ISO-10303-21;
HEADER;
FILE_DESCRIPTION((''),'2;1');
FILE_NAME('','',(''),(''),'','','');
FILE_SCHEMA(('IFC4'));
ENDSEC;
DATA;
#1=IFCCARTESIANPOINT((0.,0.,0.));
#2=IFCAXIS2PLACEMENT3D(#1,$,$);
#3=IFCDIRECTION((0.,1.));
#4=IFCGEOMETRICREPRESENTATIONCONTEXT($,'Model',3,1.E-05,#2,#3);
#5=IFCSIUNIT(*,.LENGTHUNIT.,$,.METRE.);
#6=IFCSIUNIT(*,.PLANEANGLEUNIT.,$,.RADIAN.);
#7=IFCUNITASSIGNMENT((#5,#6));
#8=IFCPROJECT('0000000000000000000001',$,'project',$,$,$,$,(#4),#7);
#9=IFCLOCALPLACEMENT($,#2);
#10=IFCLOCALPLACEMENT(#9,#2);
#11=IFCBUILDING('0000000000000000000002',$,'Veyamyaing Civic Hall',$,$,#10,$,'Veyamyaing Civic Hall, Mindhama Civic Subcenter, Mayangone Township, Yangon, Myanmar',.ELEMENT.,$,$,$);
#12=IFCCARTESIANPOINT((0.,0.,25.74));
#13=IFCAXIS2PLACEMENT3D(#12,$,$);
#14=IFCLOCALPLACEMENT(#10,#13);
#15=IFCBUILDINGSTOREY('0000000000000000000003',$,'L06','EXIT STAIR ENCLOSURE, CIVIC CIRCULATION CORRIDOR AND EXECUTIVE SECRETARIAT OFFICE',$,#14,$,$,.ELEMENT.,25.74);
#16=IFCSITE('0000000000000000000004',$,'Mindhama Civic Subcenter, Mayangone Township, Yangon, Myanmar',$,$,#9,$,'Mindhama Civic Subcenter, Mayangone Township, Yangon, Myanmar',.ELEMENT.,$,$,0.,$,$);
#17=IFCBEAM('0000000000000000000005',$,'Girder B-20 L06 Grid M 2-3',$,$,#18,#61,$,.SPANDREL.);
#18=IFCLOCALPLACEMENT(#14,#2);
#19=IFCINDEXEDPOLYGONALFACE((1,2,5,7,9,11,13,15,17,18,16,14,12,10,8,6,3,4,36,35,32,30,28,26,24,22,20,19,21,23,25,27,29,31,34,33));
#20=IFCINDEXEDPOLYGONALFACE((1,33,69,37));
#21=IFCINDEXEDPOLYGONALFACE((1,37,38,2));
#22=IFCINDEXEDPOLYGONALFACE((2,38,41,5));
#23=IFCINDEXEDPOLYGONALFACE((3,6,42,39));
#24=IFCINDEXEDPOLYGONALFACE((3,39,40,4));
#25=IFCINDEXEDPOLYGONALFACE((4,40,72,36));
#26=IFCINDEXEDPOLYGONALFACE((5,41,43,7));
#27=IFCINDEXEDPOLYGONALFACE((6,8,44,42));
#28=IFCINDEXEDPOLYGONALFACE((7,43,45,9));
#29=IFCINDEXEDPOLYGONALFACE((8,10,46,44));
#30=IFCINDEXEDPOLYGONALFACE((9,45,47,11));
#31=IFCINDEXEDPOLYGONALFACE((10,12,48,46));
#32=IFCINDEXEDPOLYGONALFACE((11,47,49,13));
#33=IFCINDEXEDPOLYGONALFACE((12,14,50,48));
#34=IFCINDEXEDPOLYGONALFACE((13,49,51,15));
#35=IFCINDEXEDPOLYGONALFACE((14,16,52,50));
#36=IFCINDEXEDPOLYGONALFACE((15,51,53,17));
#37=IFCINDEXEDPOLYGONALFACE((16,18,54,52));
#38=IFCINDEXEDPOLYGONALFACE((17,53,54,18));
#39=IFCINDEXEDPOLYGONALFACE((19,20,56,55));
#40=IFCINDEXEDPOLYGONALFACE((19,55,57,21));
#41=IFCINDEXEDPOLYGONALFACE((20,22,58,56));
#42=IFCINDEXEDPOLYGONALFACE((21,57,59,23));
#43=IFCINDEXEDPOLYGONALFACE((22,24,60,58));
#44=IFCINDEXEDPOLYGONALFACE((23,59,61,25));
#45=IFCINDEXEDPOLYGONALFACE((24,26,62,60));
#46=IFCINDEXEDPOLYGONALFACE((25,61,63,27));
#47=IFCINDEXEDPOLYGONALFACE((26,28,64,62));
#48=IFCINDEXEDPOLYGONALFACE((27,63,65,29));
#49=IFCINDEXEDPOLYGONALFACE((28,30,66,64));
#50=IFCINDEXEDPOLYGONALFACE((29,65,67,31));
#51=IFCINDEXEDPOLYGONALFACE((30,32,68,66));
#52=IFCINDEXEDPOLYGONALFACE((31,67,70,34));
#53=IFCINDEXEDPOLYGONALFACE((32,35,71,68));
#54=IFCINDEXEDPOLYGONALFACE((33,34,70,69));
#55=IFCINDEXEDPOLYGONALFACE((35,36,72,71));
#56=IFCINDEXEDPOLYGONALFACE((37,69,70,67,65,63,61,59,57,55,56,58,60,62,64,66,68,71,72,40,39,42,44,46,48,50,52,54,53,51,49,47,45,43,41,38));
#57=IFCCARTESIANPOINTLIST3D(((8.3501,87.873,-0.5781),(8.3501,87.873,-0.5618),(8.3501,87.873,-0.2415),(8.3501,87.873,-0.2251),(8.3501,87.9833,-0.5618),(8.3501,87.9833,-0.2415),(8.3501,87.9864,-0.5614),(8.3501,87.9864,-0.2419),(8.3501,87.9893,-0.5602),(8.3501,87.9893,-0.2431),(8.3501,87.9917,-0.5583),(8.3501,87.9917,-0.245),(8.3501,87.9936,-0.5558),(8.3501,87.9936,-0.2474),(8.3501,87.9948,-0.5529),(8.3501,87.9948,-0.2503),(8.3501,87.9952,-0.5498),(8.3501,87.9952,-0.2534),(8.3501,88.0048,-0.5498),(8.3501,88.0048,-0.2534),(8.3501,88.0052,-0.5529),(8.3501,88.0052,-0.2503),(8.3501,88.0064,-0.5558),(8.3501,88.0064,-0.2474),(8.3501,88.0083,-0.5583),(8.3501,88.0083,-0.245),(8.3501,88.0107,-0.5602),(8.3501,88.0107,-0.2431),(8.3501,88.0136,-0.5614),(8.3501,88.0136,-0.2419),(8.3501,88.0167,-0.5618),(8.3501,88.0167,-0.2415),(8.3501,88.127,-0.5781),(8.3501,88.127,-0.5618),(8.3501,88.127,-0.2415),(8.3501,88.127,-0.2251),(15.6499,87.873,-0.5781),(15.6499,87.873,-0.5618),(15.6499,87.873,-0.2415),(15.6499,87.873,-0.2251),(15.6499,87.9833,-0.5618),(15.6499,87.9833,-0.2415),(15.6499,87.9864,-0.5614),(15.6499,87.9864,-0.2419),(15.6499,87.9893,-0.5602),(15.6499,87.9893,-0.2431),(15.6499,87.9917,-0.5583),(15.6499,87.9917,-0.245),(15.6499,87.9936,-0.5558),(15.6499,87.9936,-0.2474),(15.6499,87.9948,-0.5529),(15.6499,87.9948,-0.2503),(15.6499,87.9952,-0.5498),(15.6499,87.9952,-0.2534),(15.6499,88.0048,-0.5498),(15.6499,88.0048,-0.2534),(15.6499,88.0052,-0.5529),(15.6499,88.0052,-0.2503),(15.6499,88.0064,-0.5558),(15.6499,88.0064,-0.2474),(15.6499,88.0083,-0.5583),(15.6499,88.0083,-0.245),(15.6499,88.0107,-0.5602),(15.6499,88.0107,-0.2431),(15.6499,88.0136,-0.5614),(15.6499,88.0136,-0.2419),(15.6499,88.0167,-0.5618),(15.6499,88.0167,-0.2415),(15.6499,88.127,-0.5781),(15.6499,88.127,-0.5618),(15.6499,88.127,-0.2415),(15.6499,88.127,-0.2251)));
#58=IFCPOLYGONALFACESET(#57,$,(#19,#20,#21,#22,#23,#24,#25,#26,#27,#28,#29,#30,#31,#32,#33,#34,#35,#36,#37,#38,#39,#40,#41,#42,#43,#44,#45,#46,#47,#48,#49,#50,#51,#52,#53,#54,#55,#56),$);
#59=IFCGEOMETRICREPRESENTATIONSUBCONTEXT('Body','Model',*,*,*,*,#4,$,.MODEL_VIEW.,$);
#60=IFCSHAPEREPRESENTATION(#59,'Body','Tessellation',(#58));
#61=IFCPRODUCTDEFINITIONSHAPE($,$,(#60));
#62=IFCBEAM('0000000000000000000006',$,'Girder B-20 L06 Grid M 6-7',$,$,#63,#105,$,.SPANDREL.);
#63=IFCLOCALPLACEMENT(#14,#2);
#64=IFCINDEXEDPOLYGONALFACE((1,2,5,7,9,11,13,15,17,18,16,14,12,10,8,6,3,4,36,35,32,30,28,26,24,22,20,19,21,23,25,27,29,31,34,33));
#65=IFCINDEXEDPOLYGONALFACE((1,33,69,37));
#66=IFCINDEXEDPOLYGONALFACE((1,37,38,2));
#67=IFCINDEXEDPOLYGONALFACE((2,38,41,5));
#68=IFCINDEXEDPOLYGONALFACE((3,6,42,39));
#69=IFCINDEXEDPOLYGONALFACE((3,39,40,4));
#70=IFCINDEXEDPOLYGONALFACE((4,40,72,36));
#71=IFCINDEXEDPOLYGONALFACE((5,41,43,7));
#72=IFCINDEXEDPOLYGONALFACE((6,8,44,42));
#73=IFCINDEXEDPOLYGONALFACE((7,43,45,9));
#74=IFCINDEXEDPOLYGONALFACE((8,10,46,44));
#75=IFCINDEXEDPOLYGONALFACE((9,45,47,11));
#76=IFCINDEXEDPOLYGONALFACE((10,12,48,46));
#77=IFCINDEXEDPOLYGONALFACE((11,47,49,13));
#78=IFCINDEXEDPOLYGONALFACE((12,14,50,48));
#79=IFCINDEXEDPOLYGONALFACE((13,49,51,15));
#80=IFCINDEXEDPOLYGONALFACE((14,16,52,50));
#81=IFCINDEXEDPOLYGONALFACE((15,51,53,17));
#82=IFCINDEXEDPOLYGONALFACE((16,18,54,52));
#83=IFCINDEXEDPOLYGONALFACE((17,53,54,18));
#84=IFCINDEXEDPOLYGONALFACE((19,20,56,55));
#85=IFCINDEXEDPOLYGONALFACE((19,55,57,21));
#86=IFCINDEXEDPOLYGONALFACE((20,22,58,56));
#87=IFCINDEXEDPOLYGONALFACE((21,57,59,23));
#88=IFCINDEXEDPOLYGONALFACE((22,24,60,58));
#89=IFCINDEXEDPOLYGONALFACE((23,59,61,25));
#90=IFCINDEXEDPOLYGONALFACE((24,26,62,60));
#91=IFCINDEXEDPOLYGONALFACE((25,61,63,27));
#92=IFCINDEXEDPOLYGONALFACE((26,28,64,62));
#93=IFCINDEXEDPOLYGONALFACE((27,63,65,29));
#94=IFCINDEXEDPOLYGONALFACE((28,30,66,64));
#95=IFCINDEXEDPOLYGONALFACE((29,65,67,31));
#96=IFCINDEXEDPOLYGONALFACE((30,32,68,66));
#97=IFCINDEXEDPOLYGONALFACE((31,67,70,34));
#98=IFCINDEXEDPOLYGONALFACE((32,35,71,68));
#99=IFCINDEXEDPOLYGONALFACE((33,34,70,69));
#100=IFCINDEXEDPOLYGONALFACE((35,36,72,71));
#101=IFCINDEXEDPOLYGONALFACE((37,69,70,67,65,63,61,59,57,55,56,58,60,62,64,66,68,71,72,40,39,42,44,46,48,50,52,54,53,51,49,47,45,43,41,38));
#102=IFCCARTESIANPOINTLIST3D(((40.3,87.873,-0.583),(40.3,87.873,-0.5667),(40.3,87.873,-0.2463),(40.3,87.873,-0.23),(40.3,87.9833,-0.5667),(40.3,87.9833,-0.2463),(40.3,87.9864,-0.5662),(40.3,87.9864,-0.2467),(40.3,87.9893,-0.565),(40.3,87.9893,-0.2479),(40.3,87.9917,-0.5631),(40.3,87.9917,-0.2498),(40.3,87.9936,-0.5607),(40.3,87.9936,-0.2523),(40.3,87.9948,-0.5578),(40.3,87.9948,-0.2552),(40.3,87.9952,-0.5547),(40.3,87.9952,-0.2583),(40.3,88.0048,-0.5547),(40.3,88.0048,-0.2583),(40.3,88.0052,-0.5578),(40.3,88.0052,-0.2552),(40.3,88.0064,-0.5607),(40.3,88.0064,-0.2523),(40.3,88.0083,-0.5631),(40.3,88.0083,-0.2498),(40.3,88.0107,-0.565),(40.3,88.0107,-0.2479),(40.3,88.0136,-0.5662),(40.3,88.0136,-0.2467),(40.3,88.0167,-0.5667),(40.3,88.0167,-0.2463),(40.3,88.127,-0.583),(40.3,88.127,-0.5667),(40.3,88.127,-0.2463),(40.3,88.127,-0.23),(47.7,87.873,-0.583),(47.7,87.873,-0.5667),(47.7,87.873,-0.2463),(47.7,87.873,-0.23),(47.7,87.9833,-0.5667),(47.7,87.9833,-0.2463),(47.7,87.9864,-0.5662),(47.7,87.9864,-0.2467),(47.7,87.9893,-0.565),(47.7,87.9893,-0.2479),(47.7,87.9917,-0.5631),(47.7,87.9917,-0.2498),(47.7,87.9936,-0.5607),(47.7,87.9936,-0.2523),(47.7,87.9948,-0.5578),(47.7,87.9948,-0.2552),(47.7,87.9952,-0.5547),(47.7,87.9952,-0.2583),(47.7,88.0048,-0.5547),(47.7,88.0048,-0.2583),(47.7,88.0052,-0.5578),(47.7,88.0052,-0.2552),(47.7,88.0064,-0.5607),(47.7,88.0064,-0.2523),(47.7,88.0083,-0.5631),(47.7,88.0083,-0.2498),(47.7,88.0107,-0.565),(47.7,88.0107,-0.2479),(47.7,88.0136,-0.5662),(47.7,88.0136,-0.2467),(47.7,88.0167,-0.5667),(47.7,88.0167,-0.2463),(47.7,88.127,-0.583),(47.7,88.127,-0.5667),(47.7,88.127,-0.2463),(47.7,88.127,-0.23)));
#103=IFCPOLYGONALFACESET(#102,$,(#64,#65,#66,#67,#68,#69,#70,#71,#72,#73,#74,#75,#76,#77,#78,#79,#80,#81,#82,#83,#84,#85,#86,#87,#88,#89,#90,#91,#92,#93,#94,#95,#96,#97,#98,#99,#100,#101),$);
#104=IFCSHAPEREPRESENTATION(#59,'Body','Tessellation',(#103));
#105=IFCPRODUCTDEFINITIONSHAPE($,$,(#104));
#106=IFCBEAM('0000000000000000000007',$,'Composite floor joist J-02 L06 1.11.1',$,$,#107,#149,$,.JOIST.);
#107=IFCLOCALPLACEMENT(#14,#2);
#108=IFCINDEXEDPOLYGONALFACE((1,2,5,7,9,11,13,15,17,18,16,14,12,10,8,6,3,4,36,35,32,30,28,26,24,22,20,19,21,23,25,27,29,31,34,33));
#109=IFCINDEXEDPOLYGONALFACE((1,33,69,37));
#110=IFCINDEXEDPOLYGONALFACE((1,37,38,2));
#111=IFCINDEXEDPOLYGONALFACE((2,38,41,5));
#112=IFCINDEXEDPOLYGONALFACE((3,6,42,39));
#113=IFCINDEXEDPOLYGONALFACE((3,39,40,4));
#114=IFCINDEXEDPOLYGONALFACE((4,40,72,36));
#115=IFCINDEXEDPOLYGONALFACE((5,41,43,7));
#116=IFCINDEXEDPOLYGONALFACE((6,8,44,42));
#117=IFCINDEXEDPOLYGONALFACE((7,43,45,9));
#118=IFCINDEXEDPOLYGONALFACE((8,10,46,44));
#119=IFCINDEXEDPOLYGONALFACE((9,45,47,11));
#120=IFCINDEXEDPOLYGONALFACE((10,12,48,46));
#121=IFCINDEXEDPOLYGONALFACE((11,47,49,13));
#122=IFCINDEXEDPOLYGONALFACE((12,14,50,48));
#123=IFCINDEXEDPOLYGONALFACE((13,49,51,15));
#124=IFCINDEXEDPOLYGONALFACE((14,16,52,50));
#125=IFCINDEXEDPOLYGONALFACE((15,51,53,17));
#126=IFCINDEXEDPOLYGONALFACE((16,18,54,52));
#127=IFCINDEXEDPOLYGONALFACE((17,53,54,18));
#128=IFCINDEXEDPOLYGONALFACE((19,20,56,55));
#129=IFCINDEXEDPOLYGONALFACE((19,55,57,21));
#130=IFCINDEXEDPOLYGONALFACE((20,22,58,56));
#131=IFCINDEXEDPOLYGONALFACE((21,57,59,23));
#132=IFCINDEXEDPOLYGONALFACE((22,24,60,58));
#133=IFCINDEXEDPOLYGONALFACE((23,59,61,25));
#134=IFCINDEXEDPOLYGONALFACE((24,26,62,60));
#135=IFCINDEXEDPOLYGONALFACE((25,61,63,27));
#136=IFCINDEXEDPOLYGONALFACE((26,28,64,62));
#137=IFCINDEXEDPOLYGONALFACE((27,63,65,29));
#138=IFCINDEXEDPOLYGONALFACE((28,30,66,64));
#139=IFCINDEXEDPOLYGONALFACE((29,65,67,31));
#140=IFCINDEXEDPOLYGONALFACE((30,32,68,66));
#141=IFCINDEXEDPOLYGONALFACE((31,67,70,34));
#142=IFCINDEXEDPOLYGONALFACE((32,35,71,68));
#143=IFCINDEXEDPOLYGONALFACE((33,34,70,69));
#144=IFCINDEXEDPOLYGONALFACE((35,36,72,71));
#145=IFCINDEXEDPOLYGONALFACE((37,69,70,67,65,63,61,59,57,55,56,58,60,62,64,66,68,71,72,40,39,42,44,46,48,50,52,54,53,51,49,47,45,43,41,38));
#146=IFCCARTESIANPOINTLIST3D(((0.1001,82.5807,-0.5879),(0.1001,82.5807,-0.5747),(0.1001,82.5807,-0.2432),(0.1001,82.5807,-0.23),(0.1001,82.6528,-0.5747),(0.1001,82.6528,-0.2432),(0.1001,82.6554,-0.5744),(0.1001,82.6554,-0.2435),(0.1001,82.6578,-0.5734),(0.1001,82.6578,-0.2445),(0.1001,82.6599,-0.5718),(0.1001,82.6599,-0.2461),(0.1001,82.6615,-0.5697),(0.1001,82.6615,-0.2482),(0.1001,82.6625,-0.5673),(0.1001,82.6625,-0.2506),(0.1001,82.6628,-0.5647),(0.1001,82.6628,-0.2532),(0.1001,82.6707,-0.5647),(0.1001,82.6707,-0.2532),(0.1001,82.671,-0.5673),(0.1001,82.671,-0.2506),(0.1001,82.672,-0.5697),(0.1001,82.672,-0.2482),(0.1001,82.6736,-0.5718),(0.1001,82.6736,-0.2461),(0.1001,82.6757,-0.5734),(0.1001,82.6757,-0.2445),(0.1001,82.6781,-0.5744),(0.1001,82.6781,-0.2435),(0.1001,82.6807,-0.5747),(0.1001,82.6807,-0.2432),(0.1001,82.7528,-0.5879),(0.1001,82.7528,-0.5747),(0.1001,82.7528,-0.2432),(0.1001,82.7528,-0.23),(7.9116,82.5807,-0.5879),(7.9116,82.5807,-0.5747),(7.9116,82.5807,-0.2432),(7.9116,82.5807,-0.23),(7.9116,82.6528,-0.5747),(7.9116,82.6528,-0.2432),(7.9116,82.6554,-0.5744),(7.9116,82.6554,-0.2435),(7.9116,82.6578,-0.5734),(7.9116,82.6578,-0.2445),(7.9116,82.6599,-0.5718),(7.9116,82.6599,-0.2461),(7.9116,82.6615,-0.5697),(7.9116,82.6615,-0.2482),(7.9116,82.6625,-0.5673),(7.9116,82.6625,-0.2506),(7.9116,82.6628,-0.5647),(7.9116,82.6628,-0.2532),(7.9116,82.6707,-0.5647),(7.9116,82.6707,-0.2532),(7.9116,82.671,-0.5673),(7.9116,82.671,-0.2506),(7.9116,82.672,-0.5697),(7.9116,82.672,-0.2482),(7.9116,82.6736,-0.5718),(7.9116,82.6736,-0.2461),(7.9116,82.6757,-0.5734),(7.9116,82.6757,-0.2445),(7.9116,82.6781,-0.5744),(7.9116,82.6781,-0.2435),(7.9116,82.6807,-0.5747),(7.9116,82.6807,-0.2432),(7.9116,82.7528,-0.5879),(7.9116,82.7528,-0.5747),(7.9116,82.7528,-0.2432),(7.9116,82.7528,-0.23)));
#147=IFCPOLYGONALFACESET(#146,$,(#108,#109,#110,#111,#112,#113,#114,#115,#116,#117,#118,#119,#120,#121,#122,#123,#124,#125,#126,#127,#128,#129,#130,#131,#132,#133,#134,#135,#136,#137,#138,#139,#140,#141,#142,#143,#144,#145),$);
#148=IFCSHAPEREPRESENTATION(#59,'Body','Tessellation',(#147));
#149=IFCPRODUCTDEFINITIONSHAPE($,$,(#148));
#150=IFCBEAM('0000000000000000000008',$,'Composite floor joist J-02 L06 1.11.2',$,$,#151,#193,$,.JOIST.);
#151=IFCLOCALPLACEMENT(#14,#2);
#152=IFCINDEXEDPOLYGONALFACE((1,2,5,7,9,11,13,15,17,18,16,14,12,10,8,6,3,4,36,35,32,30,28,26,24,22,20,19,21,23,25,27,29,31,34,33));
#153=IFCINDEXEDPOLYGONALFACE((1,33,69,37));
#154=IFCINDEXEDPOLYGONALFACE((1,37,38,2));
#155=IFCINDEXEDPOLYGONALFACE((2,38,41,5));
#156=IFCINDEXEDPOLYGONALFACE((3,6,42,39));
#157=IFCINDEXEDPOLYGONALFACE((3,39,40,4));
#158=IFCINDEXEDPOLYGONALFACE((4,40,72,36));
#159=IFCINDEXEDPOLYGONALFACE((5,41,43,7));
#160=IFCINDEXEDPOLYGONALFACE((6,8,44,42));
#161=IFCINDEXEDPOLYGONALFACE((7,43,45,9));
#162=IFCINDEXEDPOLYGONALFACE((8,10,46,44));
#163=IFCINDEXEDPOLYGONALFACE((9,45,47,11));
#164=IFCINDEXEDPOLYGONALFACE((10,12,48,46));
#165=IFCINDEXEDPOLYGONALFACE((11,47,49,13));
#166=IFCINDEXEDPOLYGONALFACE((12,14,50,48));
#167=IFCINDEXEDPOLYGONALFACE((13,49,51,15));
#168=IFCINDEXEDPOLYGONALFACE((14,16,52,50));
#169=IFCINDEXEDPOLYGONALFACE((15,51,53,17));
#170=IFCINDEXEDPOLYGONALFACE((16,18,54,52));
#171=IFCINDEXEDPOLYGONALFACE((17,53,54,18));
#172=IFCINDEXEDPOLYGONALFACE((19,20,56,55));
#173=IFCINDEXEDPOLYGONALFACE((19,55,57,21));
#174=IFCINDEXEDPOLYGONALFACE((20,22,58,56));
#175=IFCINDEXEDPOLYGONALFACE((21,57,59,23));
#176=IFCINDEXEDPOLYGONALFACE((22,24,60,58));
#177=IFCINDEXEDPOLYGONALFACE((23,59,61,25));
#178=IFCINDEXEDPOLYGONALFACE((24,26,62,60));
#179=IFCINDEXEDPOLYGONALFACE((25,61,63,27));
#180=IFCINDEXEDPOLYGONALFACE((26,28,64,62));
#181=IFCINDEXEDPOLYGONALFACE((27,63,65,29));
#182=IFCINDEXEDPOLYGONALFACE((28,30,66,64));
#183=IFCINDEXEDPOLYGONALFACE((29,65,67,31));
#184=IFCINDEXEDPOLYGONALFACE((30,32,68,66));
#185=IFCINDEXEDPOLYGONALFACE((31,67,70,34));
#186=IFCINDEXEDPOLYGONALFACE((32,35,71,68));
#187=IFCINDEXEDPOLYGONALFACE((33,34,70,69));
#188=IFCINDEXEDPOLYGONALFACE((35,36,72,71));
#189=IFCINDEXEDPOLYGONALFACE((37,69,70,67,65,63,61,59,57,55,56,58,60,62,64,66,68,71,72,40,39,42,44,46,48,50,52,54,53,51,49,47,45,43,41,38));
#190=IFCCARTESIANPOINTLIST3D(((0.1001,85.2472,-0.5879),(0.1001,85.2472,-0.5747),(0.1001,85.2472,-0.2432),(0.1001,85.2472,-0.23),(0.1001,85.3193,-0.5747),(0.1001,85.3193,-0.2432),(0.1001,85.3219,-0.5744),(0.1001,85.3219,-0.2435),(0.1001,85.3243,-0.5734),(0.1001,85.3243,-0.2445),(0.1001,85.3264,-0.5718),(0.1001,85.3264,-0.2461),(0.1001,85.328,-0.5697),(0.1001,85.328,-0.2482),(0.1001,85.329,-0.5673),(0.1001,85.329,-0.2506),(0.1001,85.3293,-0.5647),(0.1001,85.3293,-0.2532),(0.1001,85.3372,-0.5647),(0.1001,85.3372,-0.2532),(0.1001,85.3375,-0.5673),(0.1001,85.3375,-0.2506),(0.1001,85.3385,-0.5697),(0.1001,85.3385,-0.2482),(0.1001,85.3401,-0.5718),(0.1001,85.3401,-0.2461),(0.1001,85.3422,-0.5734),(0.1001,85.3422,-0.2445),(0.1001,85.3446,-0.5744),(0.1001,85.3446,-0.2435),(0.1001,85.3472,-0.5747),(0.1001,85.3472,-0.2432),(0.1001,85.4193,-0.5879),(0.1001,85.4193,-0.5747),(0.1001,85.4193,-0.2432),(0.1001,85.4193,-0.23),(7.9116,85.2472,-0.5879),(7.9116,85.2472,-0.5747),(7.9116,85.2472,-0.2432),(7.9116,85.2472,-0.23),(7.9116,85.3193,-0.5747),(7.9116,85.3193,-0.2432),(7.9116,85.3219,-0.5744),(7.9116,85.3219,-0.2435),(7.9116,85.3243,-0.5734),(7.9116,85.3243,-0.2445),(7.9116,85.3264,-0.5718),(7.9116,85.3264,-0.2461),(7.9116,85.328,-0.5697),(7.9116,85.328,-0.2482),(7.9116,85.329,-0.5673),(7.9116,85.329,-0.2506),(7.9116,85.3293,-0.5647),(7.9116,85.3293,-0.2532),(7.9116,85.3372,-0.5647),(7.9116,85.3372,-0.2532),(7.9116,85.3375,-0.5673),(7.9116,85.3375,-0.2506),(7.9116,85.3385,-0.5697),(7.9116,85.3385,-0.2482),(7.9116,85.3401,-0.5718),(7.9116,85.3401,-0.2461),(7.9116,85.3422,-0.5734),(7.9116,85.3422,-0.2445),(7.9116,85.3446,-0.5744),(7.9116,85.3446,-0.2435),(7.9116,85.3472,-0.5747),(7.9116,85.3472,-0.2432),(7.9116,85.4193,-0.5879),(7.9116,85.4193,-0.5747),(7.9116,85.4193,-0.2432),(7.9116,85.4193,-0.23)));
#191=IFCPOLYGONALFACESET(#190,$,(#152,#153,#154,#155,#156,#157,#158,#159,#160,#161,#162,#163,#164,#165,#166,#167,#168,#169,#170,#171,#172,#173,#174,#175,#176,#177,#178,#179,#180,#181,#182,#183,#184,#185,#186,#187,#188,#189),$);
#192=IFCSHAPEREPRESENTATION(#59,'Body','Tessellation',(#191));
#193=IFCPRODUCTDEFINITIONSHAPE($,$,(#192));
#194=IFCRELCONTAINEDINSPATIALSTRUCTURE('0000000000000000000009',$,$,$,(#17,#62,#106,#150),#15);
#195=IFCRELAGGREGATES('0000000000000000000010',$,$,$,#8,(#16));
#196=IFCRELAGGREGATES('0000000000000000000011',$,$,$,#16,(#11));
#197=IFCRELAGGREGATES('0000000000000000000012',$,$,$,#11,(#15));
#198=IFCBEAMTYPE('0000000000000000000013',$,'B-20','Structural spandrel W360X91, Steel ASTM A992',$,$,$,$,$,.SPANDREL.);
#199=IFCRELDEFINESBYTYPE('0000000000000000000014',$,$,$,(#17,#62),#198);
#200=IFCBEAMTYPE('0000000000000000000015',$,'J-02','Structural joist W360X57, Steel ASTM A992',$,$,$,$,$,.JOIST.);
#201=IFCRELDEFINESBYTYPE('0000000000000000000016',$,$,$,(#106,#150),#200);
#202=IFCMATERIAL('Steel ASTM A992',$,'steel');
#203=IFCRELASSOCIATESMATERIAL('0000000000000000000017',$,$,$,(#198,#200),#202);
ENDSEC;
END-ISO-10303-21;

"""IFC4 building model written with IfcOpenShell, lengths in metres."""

from ifc_helpers import new_model, si_unit, direction, frame, origin, origin_2d, place, context, subcontext, project, spatial, i_section, extrude, material, material_profile, profile_set, type_object, element, save


model = new_model("IFC4")

# Units and contexts
model_context = context("Model", 3, precision=1e-05, world=origin(), true_north=direction((0.0, 1.0)))
body_context = subcontext(model_context, "Body", "Model", "MODEL_VIEW")
ifc_project = project(units=[si_unit("LENGTHUNIT", "METRE"), si_unit("PLANEANGLEUNIT", "RADIAN")], contexts=[model_context])

# Site, building, storey
site_placement = place(None, origin())
site = spatial("IfcSite", under=ifc_project, at=site_placement, Name="Mindhama Civic Subcenter, Mayangone Township, Yangon, Myanmar", LongName="Mindhama Civic Subcenter, Mayangone Township, Yangon, Myanmar", CompositionType="ELEMENT", RefElevation=0.0)
building_placement = place(site_placement, origin())
building = spatial("IfcBuilding", under=site, at=building_placement, Name="Veyamyaing Civic Hall", LongName="Veyamyaing Civic Hall, Mindhama Civic Subcenter, Mayangone Township, Yangon, Myanmar", CompositionType="ELEMENT")
storey_placement = place(building_placement, frame((0.0, 0.0, 25.74)))
storey = spatial("IfcBuildingStorey", under=building, at=storey_placement, Name="L06", Description="EXIT STAIR ENCLOSURE, CIVIC CIRCULATION CORRIDOR AND EXECUTIVE SECRETARIAT OFFICE", CompositionType="ELEMENT", Elevation=25.74)

# Beams
ifc_material_1 = material(Name="Steel ASTM A992", Category="steel")
ifc_material_profile_1 = material_profile(ifc_material_1, i_section(OverallWidth=0.2539, OverallDepth=0.353, WebThickness=0.0095, FlangeThickness=0.0164, FilletRadius=0.012, at=origin_2d()), Name="W360X91")
ifc_profile_set_1 = profile_set([ifc_material_profile_1], Name="Steel ASTM A992")
beam_type_1 = type_object("IfcBeamType", Name="B-20", Description="Structural spandrel W360X91, Steel ASTM A992", PredefinedType="SPANDREL", material=ifc_profile_set_1)
beam_1_placement = place(storey_placement, frame((8.3501, 88.0, -0.4016), z_axis=(1.0, 0.0, 0.0), x_axis=(0.0, 1.0, 0.0)))
element("IfcBeam", 1, at=beam_1_placement, inside=storey, type_object=beam_type_1, Name="Girder B-20 L06 Grid M 2-3", PredefinedType="SPANDREL", context=body_context, shape_type="SweptSolid", body=[
    extrude(i_section(OverallWidth=0.2539, OverallDepth=0.353, WebThickness=0.0095, FlangeThickness=0.0164, FilletRadius=0.012, at=origin_2d()), origin(), (0.0, 0.0, 1.0), 7.2998),
])
beam_2_placement = place(storey_placement, frame((40.3, 88.0, -0.4065), z_axis=(1.0, 0.0, 0.0), x_axis=(0.0, 1.0, 0.0)))
element("IfcBeam", 2, at=beam_2_placement, inside=storey, type_object=beam_type_1, Name="Girder B-20 L06 Grid M 6-7", PredefinedType="SPANDREL", context=body_context, shape_type="SweptSolid", body=[
    extrude(i_section(OverallWidth=0.2539, OverallDepth=0.353, WebThickness=0.0095, FlangeThickness=0.0164, FilletRadius=0.012, at=origin_2d()), origin(), (0.0, 0.0, 1.0), 7.3999),
])
ifc_material_profile_2 = material_profile(ifc_material_1, i_section(OverallWidth=0.1721, OverallDepth=0.3579, WebThickness=0.0078, FlangeThickness=0.0132, FilletRadius=0.01, at=origin_2d()), Name="W360X57")
ifc_profile_set_2 = profile_set([ifc_material_profile_2], Name="Steel ASTM A992")
beam_type_2 = type_object("IfcBeamType", Name="J-02", Description="Structural joist W360X57, Steel ASTM A992", PredefinedType="JOIST", material=ifc_profile_set_2)
for number, where, z_axis, x_axis, name in (
    (3, (0.1001, 82.6667, -0.4089), (1.0, 0.0, 0.0), (0.0, 1.0, 0.0), "Composite floor joist J-02 L06 1.11.1"),
    (4, (0.1001, 85.3333, -0.4089), (1.0, 0.0, 0.0), (0.0, 1.0, 0.0), "Composite floor joist J-02 L06 1.11.2"),
):
    element("IfcBeam", number, at=place(storey_placement, frame(where, z_axis=z_axis, x_axis=x_axis)), inside=storey, type_object=beam_type_2, Name=name, PredefinedType="JOIST", context=body_context, shape_type="SweptSolid", body=[
        extrude(i_section(OverallWidth=0.1721, OverallDepth=0.3579, WebThickness=0.0078, FlangeThickness=0.0132, FilletRadius=0.01, at=origin_2d()), origin(), (0.0, 0.0, 1.0), 7.8115),
    ])

save(model, "model.ifc")
